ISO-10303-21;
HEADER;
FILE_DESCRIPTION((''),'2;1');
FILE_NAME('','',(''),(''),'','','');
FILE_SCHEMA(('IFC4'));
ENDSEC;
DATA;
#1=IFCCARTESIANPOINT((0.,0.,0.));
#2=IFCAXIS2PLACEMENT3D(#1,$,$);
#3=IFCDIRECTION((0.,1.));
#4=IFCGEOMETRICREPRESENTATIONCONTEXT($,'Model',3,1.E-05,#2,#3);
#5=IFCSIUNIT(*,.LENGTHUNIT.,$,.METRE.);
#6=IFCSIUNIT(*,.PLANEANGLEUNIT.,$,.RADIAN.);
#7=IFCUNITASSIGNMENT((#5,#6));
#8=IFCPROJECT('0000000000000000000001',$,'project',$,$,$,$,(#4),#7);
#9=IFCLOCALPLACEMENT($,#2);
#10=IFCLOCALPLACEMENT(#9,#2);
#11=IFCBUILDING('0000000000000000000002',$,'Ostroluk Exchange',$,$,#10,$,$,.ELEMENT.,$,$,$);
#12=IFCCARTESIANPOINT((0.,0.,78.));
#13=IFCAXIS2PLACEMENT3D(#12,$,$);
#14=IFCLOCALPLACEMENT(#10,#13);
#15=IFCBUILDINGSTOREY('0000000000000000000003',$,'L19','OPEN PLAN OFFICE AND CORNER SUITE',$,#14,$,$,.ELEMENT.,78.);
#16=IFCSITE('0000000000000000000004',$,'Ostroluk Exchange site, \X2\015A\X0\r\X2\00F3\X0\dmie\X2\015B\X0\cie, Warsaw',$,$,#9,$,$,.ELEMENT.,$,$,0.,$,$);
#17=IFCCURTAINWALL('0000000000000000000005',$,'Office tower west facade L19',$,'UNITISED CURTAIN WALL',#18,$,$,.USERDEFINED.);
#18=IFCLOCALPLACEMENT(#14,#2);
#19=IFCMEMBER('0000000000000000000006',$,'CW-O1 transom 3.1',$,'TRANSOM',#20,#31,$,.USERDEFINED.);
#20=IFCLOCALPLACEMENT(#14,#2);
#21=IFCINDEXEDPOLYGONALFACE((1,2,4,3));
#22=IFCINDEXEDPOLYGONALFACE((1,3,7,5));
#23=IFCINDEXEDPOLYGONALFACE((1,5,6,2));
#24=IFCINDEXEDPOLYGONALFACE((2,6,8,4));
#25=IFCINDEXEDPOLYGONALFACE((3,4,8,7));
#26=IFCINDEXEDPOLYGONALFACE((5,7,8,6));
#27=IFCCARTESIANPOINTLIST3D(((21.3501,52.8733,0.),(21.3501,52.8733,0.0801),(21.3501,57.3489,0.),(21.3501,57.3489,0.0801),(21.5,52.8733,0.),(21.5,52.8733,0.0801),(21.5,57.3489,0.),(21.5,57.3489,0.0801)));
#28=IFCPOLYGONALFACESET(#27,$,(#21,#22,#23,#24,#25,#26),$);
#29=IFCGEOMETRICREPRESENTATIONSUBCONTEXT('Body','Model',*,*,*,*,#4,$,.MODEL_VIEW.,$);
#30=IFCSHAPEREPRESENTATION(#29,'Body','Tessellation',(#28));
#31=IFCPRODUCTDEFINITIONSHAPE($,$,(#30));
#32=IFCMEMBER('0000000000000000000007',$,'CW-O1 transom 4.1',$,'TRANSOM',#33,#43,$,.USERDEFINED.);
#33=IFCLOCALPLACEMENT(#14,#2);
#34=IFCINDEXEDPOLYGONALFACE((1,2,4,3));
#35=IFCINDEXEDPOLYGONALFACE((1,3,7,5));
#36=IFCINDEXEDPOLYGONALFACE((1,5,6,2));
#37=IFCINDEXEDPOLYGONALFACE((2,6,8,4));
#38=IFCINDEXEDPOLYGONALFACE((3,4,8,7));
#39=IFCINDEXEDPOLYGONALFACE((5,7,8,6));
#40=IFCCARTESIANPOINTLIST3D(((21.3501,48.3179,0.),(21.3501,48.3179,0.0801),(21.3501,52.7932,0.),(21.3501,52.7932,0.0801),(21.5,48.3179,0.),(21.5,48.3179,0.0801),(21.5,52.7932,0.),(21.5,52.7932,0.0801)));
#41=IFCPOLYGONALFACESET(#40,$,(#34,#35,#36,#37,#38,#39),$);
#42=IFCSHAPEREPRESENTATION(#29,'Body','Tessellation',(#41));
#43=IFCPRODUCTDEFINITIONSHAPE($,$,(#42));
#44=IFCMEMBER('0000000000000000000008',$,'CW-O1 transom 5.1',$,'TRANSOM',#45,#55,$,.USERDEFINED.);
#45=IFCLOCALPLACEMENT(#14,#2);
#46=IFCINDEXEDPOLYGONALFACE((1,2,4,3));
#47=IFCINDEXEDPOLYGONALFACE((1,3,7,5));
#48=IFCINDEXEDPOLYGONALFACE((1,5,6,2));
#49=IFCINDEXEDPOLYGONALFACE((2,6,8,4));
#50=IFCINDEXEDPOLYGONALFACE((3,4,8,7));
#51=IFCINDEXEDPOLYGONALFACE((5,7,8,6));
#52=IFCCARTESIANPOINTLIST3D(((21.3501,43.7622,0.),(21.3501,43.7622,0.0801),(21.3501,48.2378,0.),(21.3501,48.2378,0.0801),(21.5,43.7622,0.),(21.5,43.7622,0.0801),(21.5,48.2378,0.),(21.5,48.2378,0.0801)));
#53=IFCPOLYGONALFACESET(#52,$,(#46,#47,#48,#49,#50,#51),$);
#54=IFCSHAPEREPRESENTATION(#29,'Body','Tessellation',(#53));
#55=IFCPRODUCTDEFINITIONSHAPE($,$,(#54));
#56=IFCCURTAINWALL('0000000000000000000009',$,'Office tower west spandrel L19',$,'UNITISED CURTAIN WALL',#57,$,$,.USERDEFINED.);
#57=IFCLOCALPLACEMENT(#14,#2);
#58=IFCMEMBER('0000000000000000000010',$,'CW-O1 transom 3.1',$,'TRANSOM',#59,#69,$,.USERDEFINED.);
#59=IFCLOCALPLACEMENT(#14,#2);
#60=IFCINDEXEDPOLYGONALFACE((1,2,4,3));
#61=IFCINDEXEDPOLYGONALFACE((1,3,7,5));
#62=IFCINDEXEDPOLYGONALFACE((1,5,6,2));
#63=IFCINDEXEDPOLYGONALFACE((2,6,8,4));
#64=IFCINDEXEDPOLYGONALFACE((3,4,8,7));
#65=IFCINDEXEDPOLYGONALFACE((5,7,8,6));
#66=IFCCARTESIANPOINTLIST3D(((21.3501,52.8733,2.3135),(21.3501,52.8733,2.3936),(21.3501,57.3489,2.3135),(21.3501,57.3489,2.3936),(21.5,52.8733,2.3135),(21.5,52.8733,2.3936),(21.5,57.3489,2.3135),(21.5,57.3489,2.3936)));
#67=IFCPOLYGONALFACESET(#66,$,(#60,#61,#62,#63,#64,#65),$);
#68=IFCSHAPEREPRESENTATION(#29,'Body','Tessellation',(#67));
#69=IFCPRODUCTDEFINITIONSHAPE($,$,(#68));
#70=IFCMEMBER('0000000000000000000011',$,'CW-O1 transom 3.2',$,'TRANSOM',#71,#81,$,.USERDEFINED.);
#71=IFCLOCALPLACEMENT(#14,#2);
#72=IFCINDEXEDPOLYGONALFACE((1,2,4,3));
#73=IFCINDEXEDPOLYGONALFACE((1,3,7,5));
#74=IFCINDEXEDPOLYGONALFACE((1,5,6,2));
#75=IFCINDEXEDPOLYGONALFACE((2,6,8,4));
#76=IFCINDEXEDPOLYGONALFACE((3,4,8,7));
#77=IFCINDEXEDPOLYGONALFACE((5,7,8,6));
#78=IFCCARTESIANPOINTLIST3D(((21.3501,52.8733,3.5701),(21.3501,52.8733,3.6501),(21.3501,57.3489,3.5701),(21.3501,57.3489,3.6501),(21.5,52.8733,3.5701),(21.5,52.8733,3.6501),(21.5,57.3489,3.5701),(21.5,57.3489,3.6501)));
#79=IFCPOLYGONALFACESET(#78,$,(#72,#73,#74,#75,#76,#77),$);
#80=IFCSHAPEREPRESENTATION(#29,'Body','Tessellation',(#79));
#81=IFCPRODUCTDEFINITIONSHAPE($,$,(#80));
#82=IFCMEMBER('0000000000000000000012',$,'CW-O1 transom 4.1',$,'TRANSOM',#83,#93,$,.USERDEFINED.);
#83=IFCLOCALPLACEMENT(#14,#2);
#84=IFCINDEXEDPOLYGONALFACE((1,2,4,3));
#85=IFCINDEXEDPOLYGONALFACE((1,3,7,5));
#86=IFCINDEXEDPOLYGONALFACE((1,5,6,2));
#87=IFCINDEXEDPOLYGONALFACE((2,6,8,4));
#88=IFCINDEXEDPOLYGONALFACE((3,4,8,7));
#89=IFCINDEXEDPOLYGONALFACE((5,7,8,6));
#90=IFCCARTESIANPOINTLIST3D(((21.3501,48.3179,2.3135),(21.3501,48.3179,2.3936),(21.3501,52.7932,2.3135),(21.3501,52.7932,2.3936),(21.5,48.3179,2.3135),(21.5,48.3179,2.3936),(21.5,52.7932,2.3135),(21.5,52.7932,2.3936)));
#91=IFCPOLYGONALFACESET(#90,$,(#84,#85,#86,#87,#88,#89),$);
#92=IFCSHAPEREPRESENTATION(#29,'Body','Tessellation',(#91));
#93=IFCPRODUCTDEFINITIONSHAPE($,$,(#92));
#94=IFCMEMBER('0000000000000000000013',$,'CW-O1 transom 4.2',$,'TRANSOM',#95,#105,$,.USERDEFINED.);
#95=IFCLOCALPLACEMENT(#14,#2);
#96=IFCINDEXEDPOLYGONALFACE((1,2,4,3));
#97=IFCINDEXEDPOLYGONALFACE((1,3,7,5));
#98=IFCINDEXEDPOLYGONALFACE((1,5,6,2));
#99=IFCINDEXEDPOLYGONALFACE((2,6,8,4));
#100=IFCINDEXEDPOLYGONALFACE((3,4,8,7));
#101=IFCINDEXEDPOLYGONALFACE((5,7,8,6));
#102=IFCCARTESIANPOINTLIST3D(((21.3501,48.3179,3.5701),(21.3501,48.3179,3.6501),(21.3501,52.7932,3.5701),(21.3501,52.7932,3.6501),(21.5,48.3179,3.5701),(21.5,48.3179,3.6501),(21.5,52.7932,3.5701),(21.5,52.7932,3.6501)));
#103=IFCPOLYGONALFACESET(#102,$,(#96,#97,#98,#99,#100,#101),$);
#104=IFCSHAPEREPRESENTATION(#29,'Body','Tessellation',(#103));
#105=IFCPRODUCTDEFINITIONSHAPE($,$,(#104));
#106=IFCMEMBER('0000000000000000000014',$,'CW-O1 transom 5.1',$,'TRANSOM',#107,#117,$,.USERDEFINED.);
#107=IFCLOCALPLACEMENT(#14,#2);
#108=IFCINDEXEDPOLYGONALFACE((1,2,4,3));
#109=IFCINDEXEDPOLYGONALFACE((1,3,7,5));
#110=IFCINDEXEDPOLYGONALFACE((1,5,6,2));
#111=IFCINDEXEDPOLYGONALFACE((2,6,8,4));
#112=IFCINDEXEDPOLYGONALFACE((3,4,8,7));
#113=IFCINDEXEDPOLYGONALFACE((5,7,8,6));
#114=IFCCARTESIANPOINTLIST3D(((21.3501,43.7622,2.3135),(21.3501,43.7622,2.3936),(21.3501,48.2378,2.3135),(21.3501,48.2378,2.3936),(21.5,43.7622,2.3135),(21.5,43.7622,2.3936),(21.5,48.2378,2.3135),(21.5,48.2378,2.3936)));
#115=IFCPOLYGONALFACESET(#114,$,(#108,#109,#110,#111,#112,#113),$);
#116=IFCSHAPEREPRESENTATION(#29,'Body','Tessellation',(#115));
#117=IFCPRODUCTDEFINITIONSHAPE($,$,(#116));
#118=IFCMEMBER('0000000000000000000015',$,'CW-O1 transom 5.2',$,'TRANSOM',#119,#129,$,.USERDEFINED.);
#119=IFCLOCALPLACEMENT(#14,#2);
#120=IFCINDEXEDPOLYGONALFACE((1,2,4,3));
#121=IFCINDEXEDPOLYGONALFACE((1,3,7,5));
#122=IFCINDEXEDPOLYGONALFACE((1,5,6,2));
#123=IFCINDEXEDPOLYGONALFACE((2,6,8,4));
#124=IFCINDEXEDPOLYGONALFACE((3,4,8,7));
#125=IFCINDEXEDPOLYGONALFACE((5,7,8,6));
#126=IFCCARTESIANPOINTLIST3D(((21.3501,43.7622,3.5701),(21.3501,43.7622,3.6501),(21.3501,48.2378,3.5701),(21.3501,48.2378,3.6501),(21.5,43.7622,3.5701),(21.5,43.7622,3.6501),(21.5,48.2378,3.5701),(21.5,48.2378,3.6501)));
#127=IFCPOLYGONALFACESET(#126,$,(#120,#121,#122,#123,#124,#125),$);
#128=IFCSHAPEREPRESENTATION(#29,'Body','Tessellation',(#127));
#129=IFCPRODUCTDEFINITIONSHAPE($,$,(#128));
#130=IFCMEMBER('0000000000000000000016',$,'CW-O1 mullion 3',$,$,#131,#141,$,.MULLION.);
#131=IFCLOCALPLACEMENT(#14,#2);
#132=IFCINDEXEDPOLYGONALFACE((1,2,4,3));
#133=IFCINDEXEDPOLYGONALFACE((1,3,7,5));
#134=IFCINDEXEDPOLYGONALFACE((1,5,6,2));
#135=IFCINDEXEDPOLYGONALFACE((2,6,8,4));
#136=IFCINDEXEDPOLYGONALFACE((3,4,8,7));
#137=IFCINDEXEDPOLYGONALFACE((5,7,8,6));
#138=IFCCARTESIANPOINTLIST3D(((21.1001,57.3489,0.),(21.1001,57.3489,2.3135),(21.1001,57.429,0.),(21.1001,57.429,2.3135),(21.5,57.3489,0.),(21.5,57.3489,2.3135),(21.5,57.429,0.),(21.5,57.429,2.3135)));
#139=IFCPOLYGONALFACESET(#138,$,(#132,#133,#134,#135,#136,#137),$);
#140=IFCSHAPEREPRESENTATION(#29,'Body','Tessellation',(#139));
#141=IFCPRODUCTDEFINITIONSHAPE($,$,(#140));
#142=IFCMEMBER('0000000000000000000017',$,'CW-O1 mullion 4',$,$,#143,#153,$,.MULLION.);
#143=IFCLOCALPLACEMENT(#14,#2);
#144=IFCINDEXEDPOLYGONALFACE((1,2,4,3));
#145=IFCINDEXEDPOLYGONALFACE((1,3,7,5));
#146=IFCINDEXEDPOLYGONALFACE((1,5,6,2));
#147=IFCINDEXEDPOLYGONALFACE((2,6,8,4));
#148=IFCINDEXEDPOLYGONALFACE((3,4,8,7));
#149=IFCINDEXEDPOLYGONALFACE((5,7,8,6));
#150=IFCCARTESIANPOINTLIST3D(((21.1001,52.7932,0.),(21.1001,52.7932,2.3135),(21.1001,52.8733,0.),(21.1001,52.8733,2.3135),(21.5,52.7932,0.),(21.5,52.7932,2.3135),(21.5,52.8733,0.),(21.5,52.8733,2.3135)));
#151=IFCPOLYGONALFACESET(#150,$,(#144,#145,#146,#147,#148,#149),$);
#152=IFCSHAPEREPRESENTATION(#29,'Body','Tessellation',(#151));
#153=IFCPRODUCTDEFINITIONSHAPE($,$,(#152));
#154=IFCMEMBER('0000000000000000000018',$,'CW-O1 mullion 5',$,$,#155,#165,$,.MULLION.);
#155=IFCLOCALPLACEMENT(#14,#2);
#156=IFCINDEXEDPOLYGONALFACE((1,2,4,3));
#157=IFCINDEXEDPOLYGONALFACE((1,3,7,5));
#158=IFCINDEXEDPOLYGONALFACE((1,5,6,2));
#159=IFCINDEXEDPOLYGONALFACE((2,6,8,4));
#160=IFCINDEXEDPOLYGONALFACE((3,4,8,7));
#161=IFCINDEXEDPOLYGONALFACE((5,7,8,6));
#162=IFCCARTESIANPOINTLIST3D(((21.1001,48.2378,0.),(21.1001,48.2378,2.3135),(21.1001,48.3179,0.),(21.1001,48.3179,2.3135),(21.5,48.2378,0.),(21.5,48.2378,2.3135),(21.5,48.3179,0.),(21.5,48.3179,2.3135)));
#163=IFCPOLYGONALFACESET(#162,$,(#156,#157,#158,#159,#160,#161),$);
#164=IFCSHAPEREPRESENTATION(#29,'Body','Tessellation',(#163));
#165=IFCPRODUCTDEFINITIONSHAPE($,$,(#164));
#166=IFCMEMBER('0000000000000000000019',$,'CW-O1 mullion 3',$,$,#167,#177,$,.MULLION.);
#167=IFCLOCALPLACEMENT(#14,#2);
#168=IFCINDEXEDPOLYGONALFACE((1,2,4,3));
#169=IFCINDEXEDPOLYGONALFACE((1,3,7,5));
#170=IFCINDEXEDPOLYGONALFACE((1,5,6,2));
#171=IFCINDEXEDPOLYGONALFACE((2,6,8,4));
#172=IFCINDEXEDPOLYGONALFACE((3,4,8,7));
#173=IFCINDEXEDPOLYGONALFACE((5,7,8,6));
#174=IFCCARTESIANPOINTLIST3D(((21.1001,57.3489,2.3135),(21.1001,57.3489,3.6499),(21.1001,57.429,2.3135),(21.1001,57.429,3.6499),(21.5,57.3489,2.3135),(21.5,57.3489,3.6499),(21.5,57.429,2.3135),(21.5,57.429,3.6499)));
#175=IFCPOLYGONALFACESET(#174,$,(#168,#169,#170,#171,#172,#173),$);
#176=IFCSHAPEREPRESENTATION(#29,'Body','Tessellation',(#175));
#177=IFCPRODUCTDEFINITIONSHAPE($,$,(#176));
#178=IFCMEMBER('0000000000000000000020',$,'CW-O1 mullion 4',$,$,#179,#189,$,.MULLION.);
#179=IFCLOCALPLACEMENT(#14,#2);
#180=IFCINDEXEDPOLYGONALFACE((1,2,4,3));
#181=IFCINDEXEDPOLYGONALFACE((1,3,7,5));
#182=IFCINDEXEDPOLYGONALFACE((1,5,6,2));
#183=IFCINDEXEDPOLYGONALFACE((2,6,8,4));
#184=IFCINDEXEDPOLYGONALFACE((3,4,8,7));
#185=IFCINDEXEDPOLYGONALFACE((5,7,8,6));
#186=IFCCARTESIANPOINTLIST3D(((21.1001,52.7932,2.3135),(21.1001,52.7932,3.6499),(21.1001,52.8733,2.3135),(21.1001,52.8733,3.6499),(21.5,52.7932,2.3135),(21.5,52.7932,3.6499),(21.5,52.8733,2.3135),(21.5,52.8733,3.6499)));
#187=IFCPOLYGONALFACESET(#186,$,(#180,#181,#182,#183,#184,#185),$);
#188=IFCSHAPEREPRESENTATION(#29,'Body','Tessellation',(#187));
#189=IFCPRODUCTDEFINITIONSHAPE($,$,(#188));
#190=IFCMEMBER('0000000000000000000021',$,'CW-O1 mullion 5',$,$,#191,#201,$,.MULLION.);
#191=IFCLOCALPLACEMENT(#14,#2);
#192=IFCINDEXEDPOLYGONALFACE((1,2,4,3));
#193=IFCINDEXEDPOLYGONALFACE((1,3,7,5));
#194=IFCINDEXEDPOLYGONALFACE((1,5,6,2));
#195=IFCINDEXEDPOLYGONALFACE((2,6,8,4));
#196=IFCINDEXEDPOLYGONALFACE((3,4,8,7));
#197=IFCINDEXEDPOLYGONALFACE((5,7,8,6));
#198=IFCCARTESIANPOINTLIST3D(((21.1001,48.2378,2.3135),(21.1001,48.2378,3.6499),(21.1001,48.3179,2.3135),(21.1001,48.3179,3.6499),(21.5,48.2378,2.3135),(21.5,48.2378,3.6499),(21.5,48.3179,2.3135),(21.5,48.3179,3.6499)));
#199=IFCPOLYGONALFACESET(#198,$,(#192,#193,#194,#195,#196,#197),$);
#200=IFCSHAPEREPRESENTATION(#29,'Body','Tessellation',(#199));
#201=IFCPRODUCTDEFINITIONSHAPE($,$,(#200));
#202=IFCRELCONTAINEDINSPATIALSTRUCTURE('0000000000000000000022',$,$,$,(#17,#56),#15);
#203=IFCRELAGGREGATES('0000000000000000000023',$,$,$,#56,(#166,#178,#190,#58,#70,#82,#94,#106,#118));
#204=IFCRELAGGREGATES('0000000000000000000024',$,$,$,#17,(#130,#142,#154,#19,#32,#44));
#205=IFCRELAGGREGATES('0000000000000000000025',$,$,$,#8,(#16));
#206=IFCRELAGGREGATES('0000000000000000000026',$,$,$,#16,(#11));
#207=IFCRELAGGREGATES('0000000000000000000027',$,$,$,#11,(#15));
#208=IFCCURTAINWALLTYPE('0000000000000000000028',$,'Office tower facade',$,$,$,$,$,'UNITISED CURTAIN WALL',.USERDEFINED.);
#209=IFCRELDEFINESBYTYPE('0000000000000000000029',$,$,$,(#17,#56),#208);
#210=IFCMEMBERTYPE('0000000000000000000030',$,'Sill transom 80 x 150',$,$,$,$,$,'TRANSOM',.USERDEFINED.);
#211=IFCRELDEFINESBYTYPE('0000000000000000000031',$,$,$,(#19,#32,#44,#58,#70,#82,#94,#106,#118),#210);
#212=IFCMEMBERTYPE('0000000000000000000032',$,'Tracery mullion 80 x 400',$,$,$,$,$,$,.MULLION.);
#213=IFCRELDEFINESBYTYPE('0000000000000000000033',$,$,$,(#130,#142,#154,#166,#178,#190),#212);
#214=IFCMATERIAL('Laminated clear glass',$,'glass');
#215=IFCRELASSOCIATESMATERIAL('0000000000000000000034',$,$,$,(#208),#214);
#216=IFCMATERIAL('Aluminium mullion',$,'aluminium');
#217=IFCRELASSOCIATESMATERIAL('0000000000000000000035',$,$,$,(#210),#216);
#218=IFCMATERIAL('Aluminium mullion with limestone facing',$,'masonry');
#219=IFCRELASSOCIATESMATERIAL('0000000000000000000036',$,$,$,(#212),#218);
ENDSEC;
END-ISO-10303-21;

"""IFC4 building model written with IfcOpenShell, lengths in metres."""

from ifc_helpers import new_model, si_unit, direction, frame, origin, origin_2d, place, context, subcontext, project, spatial, rectangle, extrude, material, material_profile, profile_set, type_object, element, aggregate, save


model = new_model("IFC4")

# Units and contexts
model_context = context("Model", 3, precision=1e-05, world=origin(), true_north=direction((0.0, 1.0)))
body_context = subcontext(model_context, "Body", "Model", "MODEL_VIEW")
ifc_project = project(units=[si_unit("LENGTHUNIT", "METRE"), si_unit("PLANEANGLEUNIT", "RADIAN")], contexts=[model_context])

# Site, building, storey
site_placement = place(None, origin())
site = spatial("IfcSite", under=ifc_project, at=site_placement, Name="Ostroluk Exchange site, Śródmieście, Warsaw", CompositionType="ELEMENT", RefElevation=0.0)
building_placement = place(site_placement, origin())
building = spatial("IfcBuilding", under=site, at=building_placement, Name="Ostroluk Exchange", CompositionType="ELEMENT")
storey_placement = place(building_placement, frame((0.0, 0.0, 78.0)))
storey = spatial("IfcBuildingStorey", under=building, at=storey_placement, Name="L19", Description="OPEN PLAN OFFICE AND CORNER SUITE", CompositionType="ELEMENT", Elevation=78.0)

# Curtain walls, members
ifc_material_1 = material(Name="Laminated clear glass", Category="glass")
curtain_wall_type = type_object("IfcCurtainWallType", Name="Office tower facade", ElementType="UNITISED CURTAIN WALL", PredefinedType="USERDEFINED", material=ifc_material_1)
curtain_wall_1_placement = place(storey_placement, origin())
curtain_wall_1 = element("IfcCurtainWall", 1, at=curtain_wall_1_placement, inside=storey, type_object=curtain_wall_type, Name="Office tower west facade L19", ObjectType="UNITISED CURTAIN WALL", PredefinedType="USERDEFINED")
ifc_material_2 = material(Name="Aluminium mullion", Category="aluminium")
ifc_material_profile_1 = material_profile(ifc_material_2, rectangle(XDim=0.1499, YDim=0.0801, at=origin_2d()), Name="Sill transom 80 x 150")
ifc_profile_set_1 = profile_set([ifc_material_profile_1], Name="Aluminium mullion")
member_type_1 = type_object("IfcMemberType", Name="Sill transom 80 x 150", ElementType="TRANSOM", PredefinedType="USERDEFINED", material=ifc_profile_set_1)
member_1_placement = place(storey_placement, frame((21.425, 57.3489, 0.04), z_axis=(0.0, -1.0, 0.0), x_axis=(1.0, 0.0, 0.0)))
member_1 = element("IfcMember", 2, at=member_1_placement, type_object=member_type_1, Name="CW-O1 transom 3.1", ObjectType="TRANSOM", PredefinedType="USERDEFINED", context=body_context, shape_type="SweptSolid", body=[
    extrude(rectangle(XDim=0.1499, YDim=0.0801, at=origin_2d()), origin(), (0.0, 0.0, 1.0), 4.4756),
])
member_2_placement = place(storey_placement, frame((21.425, 52.7932, 0.04), z_axis=(0.0, -1.0, 0.0), x_axis=(1.0, 0.0, 0.0)))
member_2 = element("IfcMember", 3, at=member_2_placement, type_object=member_type_1, Name="CW-O1 transom 4.1", ObjectType="TRANSOM", PredefinedType="USERDEFINED", context=body_context, shape_type="SweptSolid", body=[
    extrude(rectangle(XDim=0.1499, YDim=0.0801, at=origin_2d()), origin(), (0.0, 0.0, 1.0), 4.4753),
])
member_3_placement = place(storey_placement, frame((21.425, 48.2378, 0.04), z_axis=(0.0, -1.0, 0.0), x_axis=(1.0, 0.0, 0.0)))
member_3 = element("IfcMember", 4, at=member_3_placement, type_object=member_type_1, Name="CW-O1 transom 5.1", ObjectType="TRANSOM", PredefinedType="USERDEFINED", context=body_context, shape_type="SweptSolid", body=[
    extrude(rectangle(XDim=0.1499, YDim=0.0801, at=origin_2d()), origin(), (0.0, 0.0, 1.0), 4.4756),
])
curtain_wall_2_placement = place(storey_placement, origin())
curtain_wall_2 = element("IfcCurtainWall", 5, at=curtain_wall_2_placement, inside=storey, type_object=curtain_wall_type, Name="Office tower west spandrel L19", ObjectType="UNITISED CURTAIN WALL", PredefinedType="USERDEFINED")
member_4_placement = place(storey_placement, frame((21.425, 57.3489, 2.3535), z_axis=(0.0, -1.0, 0.0), x_axis=(1.0, 0.0, 0.0)))
member_4 = element("IfcMember", 6, at=member_4_placement, type_object=member_type_1, Name="CW-O1 transom 3.1", ObjectType="TRANSOM", PredefinedType="USERDEFINED", context=body_context, shape_type="SweptSolid", body=[
    extrude(rectangle(XDim=0.1499, YDim=0.0801, at=origin_2d()), origin(), (0.0, 0.0, 1.0), 4.4756),
])
member_5_placement = place(storey_placement, frame((21.425, 57.3489, 3.6101), z_axis=(0.0, -1.0, 0.0), x_axis=(1.0, 0.0, 0.0)))
member_5 = element("IfcMember", 7, at=member_5_placement, type_object=member_type_1, Name="CW-O1 transom 3.2", ObjectType="TRANSOM", PredefinedType="USERDEFINED", context=body_context, shape_type="SweptSolid", body=[
    extrude(rectangle(XDim=0.1499, YDim=0.0801, at=origin_2d()), origin(), (0.0, 0.0, 1.0), 4.4756),
])
member_6_placement = place(storey_placement, frame((21.425, 52.7932, 2.3535), z_axis=(0.0, -1.0, 0.0), x_axis=(1.0, 0.0, 0.0)))
member_6 = element("IfcMember", 8, at=member_6_placement, type_object=member_type_1, Name="CW-O1 transom 4.1", ObjectType="TRANSOM", PredefinedType="USERDEFINED", context=body_context, shape_type="SweptSolid", body=[
    extrude(rectangle(XDim=0.1499, YDim=0.0801, at=origin_2d()), origin(), (0.0, 0.0, 1.0), 4.4753),
])
member_7_placement = place(storey_placement, frame((21.425, 52.7932, 3.6101), z_axis=(0.0, -1.0, 0.0), x_axis=(1.0, 0.0, 0.0)))
member_7 = element("IfcMember", 9, at=member_7_placement, type_object=member_type_1, Name="CW-O1 transom 4.2", ObjectType="TRANSOM", PredefinedType="USERDEFINED", context=body_context, shape_type="SweptSolid", body=[
    extrude(rectangle(XDim=0.1499, YDim=0.0801, at=origin_2d()), origin(), (0.0, 0.0, 1.0), 4.4753),
])
member_8_placement = place(storey_placement, frame((21.425, 48.2378, 2.3535), z_axis=(0.0, -1.0, 0.0), x_axis=(1.0, 0.0, 0.0)))
member_8 = element("IfcMember", 10, at=member_8_placement, type_object=member_type_1, Name="CW-O1 transom 5.1", ObjectType="TRANSOM", PredefinedType="USERDEFINED", context=body_context, shape_type="SweptSolid", body=[
    extrude(rectangle(XDim=0.1499, YDim=0.0801, at=origin_2d()), origin(), (0.0, 0.0, 1.0), 4.4756),
])
member_9_placement = place(storey_placement, frame((21.425, 48.2378, 3.6101), z_axis=(0.0, -1.0, 0.0), x_axis=(1.0, 0.0, 0.0)))
member_9 = element("IfcMember", 11, at=member_9_placement, type_object=member_type_1, Name="CW-O1 transom 5.2", ObjectType="TRANSOM", PredefinedType="USERDEFINED", context=body_context, shape_type="SweptSolid", body=[
    extrude(rectangle(XDim=0.1499, YDim=0.0801, at=origin_2d()), origin(), (0.0, 0.0, 1.0), 4.4756),
])

# Members
ifc_material_3 = material(Name="Aluminium mullion with limestone facing", Category="masonry")
ifc_material_profile_2 = material_profile(ifc_material_3, rectangle(XDim=0.3999, YDim=0.0801, at=origin_2d()), Name="Tracery mullion 80 x 400")
ifc_profile_set_2 = profile_set([ifc_material_profile_2], Name="Aluminium mullion with limestone facing")
member_type_2 = type_object("IfcMemberType", Name="Tracery mullion 80 x 400", PredefinedType="MULLION", material=ifc_profile_set_2)
member_10_placement = place(storey_placement, frame((21.3, 57.3889, 0.0), z_axis=(0.0, 0.0, 1.0), x_axis=(1.0, 0.0, 0.0)))
member_10 = element("IfcMember", 12, at=member_10_placement, type_object=member_type_2, Name="CW-O1 mullion 3", PredefinedType="MULLION", context=body_context, shape_type="SweptSolid", body=[
    extrude(rectangle(XDim=0.3999, YDim=0.0801, at=origin_2d()), origin(), (0.0, 0.0, 1.0), 2.3135),
])
member_11_placement = place(storey_placement, frame((21.3, 52.8333, 0.0), z_axis=(0.0, 0.0, 1.0), x_axis=(1.0, 0.0, 0.0)))
member_11 = element("IfcMember", 13, at=member_11_placement, type_object=member_type_2, Name="CW-O1 mullion 4", PredefinedType="MULLION", context=body_context, shape_type="SweptSolid", body=[
    extrude(rectangle(XDim=0.3999, YDim=0.0801, at=origin_2d()), origin(), (0.0, 0.0, 1.0), 2.3135),
])
member_12_placement = place(storey_placement, frame((21.3, 48.2778, 0.0), z_axis=(0.0, 0.0, 1.0), x_axis=(1.0, 0.0, 0.0)))
member_12 = element("IfcMember", 14, at=member_12_placement, type_object=member_type_2, Name="CW-O1 mullion 5", PredefinedType="MULLION", context=body_context, shape_type="SweptSolid", body=[
    extrude(rectangle(XDim=0.3999, YDim=0.0801, at=origin_2d()), origin(), (0.0, 0.0, 1.0), 2.3135),
])
member_13_placement = place(storey_placement, frame((21.3, 57.3889, 2.3135), z_axis=(0.0, 0.0, 1.0), x_axis=(1.0, 0.0, 0.0)))
member_13 = element("IfcMember", 15, at=member_13_placement, type_object=member_type_2, Name="CW-O1 mullion 3", PredefinedType="MULLION", context=body_context, shape_type="SweptSolid", body=[
    extrude(rectangle(XDim=0.3999, YDim=0.0801, at=origin_2d()), origin(), (0.0, 0.0, 1.0), 1.3364),
])
member_14_placement = place(storey_placement, frame((21.3, 52.8333, 2.3135), z_axis=(0.0, 0.0, 1.0), x_axis=(1.0, 0.0, 0.0)))
member_14 = element("IfcMember", 16, at=member_14_placement, type_object=member_type_2, Name="CW-O1 mullion 4", PredefinedType="MULLION", context=body_context, shape_type="SweptSolid", body=[
    extrude(rectangle(XDim=0.3999, YDim=0.0801, at=origin_2d()), origin(), (0.0, 0.0, 1.0), 1.3364),
])
member_15_placement = place(storey_placement, frame((21.3, 48.2778, 2.3135), z_axis=(0.0, 0.0, 1.0), x_axis=(1.0, 0.0, 0.0)))
member_15 = element("IfcMember", 17, at=member_15_placement, type_object=member_type_2, Name="CW-O1 mullion 5", PredefinedType="MULLION", context=body_context, shape_type="SweptSolid", body=[
    extrude(rectangle(XDim=0.3999, YDim=0.0801, at=origin_2d()), origin(), (0.0, 0.0, 1.0), 1.3364),
])

aggregate(curtain_wall_2, [member_13, member_14, member_15, member_4, member_5, member_6, member_7, member_8, member_9])
aggregate(curtain_wall_1, [member_10, member_11, member_12, member_1, member_2, member_3])

save(model, "model.ifc")
